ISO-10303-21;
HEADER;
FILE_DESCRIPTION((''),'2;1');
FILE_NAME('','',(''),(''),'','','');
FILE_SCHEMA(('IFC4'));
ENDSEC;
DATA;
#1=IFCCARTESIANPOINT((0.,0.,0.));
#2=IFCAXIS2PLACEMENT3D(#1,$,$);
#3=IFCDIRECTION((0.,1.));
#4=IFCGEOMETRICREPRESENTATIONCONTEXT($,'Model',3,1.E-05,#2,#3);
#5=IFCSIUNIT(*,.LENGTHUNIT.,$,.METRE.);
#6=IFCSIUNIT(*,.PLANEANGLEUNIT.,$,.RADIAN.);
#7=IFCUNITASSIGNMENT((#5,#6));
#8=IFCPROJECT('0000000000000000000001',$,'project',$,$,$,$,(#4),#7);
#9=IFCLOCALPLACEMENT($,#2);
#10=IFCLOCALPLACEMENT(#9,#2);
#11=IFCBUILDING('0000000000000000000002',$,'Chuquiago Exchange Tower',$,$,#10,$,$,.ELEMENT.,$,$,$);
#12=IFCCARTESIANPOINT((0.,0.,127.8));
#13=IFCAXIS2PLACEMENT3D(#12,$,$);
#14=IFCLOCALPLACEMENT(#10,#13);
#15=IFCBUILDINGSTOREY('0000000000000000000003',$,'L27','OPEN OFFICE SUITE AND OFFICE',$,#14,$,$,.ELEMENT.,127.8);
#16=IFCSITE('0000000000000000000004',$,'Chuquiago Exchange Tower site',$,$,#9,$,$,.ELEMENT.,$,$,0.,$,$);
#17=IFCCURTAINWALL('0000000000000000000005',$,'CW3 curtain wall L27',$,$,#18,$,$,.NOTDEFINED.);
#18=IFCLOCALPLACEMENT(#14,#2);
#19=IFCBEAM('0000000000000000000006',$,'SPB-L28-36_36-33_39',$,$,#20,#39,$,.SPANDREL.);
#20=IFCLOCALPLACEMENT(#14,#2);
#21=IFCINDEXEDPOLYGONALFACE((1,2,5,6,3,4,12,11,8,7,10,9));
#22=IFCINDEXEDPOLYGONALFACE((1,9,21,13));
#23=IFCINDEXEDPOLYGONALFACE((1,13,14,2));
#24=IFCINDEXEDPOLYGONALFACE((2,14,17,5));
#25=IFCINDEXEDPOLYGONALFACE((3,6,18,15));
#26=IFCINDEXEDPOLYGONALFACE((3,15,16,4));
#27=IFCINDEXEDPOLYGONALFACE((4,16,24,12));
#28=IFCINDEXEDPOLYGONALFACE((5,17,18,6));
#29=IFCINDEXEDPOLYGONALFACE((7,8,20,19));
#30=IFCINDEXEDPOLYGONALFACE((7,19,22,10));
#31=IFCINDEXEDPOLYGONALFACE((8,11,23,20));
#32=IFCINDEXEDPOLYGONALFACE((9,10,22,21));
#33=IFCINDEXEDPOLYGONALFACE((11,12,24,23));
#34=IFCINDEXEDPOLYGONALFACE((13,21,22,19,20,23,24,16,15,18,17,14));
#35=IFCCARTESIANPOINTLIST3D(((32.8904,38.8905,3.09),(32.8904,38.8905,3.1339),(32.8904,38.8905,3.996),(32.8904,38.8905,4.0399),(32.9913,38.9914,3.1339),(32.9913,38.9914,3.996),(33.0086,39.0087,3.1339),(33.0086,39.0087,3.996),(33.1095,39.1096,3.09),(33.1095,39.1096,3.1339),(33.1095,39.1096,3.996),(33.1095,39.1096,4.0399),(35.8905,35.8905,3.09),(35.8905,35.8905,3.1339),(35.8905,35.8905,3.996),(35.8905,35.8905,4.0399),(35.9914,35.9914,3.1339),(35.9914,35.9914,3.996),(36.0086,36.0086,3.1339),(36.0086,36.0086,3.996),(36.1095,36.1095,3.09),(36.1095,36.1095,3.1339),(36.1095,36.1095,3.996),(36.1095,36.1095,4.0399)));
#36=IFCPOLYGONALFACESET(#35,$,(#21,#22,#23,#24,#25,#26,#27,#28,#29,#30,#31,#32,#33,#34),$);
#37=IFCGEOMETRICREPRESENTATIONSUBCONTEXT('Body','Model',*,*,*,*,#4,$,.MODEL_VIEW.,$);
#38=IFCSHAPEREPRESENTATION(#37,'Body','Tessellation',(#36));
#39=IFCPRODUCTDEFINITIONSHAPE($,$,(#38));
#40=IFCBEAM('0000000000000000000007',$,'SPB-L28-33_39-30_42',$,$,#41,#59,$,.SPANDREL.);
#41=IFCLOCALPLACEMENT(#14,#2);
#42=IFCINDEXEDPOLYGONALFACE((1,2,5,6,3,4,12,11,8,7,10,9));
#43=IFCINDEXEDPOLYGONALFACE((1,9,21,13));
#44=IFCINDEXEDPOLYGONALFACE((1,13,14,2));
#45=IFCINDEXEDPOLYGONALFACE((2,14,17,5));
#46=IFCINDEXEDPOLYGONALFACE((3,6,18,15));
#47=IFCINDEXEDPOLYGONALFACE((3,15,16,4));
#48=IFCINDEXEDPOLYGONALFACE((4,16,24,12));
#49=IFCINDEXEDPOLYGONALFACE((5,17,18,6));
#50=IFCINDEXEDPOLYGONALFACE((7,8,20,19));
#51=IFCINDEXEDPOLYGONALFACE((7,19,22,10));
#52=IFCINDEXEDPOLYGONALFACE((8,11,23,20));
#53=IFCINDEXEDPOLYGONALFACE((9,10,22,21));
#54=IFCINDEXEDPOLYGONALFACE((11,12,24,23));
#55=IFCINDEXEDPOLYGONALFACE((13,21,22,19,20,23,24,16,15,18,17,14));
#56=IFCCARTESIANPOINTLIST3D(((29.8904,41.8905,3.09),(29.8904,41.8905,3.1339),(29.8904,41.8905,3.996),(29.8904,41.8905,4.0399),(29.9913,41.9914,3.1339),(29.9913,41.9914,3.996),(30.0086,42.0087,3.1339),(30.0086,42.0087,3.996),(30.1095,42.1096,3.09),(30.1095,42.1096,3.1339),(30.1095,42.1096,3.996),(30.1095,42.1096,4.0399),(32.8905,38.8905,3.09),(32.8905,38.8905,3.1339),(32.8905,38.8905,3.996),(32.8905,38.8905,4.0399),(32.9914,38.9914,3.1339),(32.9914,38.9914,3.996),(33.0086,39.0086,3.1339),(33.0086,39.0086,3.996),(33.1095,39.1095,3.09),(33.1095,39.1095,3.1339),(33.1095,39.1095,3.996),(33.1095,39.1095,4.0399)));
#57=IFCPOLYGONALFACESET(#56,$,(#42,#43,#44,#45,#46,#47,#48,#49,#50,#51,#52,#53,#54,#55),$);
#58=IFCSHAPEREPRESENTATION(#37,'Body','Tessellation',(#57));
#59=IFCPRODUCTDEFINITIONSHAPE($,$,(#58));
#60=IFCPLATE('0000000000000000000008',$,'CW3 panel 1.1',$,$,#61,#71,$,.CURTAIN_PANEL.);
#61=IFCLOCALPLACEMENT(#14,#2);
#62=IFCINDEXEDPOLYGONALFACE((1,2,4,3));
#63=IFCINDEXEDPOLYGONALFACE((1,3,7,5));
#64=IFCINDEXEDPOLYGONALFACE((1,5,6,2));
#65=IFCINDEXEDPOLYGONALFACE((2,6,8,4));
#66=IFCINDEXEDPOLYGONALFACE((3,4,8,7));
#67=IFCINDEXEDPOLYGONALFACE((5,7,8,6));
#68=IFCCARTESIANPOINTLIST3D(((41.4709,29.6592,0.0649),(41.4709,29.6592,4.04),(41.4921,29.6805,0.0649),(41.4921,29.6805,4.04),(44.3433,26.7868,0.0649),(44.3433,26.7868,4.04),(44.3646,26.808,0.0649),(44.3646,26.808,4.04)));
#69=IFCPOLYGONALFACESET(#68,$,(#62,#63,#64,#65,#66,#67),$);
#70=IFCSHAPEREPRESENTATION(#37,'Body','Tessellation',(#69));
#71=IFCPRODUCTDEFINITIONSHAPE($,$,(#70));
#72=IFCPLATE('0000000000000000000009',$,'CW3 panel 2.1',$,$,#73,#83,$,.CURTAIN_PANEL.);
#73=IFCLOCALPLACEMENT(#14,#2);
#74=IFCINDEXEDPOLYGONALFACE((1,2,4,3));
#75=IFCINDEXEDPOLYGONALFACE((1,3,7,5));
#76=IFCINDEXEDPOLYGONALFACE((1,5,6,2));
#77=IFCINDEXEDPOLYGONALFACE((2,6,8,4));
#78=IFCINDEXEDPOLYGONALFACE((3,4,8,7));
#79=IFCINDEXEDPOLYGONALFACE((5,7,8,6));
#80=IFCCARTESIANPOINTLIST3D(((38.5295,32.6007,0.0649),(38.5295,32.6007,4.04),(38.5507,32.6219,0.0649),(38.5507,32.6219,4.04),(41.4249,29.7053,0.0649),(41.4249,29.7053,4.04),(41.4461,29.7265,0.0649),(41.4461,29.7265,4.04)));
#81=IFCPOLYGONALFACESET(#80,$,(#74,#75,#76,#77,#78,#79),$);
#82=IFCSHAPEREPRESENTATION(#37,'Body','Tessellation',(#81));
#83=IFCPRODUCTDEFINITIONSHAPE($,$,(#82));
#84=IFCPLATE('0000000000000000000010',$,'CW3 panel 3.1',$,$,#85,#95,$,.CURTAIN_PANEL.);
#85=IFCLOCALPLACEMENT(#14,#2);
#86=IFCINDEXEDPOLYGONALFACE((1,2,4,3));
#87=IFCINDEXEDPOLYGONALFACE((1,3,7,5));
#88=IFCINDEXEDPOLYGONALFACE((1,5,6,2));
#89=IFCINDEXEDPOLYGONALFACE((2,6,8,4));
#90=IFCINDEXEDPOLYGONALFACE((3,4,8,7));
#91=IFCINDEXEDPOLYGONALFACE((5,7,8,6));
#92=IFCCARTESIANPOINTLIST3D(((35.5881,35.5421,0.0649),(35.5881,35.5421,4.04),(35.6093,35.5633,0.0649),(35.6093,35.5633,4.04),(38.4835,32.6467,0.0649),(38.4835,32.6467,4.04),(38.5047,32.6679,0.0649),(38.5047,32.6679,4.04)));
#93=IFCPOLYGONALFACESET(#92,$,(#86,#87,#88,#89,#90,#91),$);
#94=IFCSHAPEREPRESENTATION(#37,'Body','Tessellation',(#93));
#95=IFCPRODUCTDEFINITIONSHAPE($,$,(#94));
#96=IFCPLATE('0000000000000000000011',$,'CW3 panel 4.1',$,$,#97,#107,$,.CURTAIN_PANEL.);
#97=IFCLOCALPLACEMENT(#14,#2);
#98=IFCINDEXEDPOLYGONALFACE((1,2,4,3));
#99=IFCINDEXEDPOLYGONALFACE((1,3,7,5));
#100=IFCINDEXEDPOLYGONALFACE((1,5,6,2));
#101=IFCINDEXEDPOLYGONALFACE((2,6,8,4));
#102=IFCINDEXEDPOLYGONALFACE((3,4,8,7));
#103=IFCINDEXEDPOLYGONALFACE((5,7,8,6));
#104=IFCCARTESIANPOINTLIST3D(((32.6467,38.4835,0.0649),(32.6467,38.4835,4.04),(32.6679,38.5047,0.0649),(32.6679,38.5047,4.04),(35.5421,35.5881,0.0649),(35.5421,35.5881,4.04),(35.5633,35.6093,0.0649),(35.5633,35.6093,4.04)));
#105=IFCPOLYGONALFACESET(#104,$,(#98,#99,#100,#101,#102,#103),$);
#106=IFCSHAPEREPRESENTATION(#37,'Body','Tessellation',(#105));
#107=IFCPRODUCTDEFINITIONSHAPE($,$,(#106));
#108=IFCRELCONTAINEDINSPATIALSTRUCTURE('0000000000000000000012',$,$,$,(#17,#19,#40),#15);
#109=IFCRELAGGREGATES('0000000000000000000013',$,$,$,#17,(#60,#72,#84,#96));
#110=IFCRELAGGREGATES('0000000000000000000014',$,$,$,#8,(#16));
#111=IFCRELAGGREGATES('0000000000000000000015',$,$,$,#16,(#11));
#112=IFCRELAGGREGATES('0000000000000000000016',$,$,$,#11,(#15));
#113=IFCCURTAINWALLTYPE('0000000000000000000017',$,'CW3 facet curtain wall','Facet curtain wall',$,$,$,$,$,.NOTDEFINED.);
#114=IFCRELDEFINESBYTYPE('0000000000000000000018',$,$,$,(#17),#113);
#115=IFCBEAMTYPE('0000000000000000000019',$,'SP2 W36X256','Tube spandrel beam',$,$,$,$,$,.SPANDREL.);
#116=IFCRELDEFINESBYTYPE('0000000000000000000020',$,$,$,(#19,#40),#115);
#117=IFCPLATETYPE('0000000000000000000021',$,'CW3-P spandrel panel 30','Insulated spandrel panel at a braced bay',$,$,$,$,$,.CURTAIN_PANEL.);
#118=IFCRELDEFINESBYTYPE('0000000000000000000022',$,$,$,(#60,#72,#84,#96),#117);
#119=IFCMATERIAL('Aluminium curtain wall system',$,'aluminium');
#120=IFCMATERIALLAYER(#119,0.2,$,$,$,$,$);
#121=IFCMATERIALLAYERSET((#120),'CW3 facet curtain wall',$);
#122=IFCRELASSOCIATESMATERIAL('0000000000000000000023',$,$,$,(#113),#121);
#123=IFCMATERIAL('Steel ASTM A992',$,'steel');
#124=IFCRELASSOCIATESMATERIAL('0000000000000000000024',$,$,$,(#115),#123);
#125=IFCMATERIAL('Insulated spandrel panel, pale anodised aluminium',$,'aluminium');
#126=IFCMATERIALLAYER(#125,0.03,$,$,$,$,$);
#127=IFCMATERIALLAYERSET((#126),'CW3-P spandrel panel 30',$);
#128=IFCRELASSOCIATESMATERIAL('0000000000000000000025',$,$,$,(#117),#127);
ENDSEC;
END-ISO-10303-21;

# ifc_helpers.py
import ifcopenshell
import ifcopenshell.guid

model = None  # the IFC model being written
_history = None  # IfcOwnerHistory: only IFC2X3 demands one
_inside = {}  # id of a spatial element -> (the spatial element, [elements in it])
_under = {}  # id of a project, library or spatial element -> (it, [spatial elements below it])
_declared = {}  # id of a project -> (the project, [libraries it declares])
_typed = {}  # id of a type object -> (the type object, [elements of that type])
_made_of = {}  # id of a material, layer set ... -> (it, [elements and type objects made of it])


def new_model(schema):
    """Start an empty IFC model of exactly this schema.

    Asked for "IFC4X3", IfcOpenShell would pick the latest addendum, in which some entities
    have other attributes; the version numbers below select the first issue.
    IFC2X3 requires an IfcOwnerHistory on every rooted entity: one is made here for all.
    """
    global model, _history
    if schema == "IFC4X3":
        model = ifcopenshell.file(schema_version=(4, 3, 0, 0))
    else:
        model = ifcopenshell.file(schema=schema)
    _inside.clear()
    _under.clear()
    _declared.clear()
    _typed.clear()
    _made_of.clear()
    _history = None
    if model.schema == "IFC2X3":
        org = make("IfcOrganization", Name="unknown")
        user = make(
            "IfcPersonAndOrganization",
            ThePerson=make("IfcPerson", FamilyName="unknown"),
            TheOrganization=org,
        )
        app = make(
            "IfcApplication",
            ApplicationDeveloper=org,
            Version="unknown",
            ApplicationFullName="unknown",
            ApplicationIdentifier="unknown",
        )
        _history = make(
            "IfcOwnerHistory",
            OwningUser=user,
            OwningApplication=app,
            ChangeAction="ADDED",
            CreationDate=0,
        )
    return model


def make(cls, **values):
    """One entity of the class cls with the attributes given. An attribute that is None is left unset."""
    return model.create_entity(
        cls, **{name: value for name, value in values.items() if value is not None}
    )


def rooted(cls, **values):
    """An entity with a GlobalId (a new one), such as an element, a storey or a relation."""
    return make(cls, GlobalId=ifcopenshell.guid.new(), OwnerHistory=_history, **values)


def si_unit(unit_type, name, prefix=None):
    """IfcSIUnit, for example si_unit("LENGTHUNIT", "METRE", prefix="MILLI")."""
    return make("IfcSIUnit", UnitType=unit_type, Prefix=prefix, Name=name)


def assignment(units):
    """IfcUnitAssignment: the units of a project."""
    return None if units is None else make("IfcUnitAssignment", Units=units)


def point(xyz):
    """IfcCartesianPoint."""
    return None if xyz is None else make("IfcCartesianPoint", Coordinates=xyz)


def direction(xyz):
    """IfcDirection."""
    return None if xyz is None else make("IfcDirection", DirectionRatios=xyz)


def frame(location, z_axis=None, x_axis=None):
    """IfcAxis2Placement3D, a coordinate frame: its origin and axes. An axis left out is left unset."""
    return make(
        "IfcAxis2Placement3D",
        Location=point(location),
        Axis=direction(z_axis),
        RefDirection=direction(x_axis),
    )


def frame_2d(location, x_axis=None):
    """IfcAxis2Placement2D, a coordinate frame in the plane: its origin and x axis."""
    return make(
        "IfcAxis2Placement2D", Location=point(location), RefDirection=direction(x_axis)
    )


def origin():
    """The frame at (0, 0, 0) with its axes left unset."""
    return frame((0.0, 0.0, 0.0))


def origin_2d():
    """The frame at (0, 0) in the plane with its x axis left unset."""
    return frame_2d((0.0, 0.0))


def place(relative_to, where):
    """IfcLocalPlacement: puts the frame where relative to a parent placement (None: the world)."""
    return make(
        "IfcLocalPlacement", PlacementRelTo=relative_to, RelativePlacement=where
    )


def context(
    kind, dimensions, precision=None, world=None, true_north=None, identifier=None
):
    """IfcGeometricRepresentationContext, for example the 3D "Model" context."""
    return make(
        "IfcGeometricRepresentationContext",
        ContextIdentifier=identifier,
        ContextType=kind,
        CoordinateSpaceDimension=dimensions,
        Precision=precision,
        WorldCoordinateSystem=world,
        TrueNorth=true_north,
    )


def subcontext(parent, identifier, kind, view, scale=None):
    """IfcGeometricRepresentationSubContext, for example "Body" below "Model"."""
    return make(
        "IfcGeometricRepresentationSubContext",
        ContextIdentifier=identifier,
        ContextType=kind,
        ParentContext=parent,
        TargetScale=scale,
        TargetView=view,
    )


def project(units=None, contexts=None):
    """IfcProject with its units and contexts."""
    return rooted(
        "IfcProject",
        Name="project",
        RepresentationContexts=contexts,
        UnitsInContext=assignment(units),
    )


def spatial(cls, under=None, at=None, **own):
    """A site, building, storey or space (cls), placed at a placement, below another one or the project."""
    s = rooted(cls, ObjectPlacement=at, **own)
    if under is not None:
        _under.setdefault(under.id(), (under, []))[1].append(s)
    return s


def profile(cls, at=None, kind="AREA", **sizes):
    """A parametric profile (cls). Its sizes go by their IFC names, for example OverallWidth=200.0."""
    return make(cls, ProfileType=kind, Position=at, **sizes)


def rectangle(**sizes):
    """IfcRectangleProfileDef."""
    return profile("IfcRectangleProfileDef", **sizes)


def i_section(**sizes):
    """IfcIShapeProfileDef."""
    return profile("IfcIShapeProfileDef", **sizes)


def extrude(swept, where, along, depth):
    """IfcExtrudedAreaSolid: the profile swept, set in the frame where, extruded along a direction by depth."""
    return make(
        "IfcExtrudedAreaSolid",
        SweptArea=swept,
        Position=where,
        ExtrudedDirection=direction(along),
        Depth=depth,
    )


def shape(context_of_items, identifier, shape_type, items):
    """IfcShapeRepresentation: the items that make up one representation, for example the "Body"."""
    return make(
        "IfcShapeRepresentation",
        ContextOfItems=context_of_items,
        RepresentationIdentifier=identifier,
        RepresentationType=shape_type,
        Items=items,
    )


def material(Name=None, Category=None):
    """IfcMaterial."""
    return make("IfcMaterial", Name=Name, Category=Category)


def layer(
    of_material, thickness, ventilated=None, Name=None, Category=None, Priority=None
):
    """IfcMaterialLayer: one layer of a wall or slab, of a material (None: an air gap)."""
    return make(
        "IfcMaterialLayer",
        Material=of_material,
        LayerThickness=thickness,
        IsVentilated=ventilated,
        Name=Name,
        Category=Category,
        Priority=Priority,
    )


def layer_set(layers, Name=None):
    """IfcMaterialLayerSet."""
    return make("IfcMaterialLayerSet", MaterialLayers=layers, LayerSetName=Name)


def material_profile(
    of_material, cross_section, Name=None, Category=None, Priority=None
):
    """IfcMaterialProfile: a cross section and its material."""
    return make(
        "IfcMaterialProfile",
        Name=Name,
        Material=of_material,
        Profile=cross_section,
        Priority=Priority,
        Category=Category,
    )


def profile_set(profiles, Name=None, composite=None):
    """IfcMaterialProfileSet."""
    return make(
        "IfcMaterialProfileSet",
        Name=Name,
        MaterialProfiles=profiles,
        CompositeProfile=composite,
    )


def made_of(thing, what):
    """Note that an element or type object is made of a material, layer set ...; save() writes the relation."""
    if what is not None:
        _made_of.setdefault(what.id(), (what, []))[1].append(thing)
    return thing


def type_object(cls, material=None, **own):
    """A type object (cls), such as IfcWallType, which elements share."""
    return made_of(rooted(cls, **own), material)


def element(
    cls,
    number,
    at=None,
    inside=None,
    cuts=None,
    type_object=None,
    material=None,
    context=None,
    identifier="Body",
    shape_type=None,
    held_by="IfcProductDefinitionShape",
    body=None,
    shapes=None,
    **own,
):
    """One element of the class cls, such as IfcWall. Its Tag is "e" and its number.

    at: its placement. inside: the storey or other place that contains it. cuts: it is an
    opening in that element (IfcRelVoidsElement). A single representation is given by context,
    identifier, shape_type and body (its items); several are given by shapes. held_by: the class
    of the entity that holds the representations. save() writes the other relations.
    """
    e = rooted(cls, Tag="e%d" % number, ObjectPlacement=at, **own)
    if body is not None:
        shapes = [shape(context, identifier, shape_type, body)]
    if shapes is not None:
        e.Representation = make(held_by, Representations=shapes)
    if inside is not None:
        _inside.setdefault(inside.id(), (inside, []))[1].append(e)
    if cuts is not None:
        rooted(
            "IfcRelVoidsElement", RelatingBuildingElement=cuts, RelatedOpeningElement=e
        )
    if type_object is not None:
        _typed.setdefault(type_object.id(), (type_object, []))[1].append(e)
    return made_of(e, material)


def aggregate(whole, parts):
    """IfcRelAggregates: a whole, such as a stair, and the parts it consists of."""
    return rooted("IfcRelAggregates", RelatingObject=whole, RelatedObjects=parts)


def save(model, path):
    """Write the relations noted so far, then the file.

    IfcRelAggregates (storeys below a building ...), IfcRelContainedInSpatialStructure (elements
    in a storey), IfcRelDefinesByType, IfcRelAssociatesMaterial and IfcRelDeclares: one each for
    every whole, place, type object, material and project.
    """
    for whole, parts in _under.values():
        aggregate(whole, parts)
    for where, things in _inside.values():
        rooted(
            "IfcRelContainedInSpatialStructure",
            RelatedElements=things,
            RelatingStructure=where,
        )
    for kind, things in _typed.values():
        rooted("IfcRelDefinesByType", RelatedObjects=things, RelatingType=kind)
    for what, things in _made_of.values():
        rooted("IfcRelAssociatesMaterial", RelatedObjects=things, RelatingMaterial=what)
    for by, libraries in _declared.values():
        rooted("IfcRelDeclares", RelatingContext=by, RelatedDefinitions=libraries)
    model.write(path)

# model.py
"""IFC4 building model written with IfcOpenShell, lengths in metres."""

from ifc_helpers import new_model, si_unit, direction, frame, origin, origin_2d, place, context, subcontext, project, spatial, rectangle, i_section, extrude, material, layer, layer_set, material_profile, profile_set, type_object, element, aggregate, save


model = new_model("IFC4")

# Units and contexts
model_context = context("Model", 3, precision=1e-05, world=origin(), true_north=direction((0.0, 1.0)))
body_context = subcontext(model_context, "Body", "Model", "MODEL_VIEW")
ifc_project = project(units=[si_unit("LENGTHUNIT", "METRE"), si_unit("PLANEANGLEUNIT", "RADIAN")], contexts=[model_context])

# Site, building, storey
site_placement = place(None, origin())
site = spatial("IfcSite", under=ifc_project, at=site_placement, Name="Chuquiago Exchange Tower site", CompositionType="ELEMENT", RefElevation=0.0)
building_placement = place(site_placement, origin())
building = spatial("IfcBuilding", under=site, at=building_placement, Name="Chuquiago Exchange Tower", CompositionType="ELEMENT")
storey_placement = place(building_placement, frame((0.0, 0.0, 127.8)))
storey = spatial("IfcBuildingStorey", under=building, at=storey_placement, Name="L27", Description="OPEN OFFICE SUITE AND OFFICE", CompositionType="ELEMENT", Elevation=127.8)

# Curtain wall
ifc_material_1 = material(Name="Aluminium curtain wall system", Category="aluminium")
ifc_layer_1 = layer(ifc_material_1, 0.2)
ifc_layer_set_1 = layer_set([ifc_layer_1], Name="CW3 facet curtain wall")
curtain_wall_type = type_object("IfcCurtainWallType", Name="CW3 facet curtain wall", Description="Facet curtain wall", PredefinedType="NOTDEFINED", material=ifc_layer_set_1)
curtain_wall_placement = place(storey_placement, origin())
curtain_wall = element("IfcCurtainWall", 1, at=curtain_wall_placement, inside=storey, type_object=curtain_wall_type, Name="CW3 curtain wall L27", PredefinedType="NOTDEFINED")

# Beams
ifc_material_2 = material(Name="Steel ASTM A992", Category="steel")
ifc_material_profile_1 = material_profile(ifc_material_2, i_section(OverallWidth=0.3098, OverallDepth=0.95, WebThickness=0.0244, FlangeThickness=0.0439, at=origin_2d()), Name="W36X256")
ifc_profile_set_1 = profile_set([ifc_material_profile_1], Name="Steel ASTM A992")
beam_type_1 = type_object("IfcBeamType", Name="SP2 W36X256", Description="Tube spandrel beam", PredefinedType="SPANDREL", material=ifc_profile_set_1)
for number, where, z_axis, x_axis, name in (
    (2, (36.0, 36.0, 3.5649), (-0.707107, 0.707107, 0.0), (-0.707107, -0.707107, 0.0), "SPB-L28-36_36-33_39"),
    (3, (33.0, 39.0, 3.5649), (-0.707107, 0.707107, 0.0), (-0.707107, -0.707107, 0.0), "SPB-L28-33_39-30_42"),
):
    element("IfcBeam", number, at=place(storey_placement, frame(where, z_axis=z_axis, x_axis=x_axis)), inside=storey, type_object=beam_type_1, Name=name, PredefinedType="SPANDREL", context=body_context, shape_type="SweptSolid", body=[
        extrude(i_section(OverallWidth=0.3098, OverallDepth=0.95, WebThickness=0.0244, FlangeThickness=0.0439, at=origin_2d()), origin(), (0.0, 0.0, 1.0), 4.2427),
    ])

# Plates
ifc_material_3 = material(Name="Insulated spandrel panel, pale anodised aluminium", Category="aluminium")
ifc_layer_2 = layer(ifc_material_3, 0.03)
ifc_layer_set_2 = layer_set([ifc_layer_2], Name="CW3-P spandrel panel 30")
plate_type = type_object("IfcPlateType", Name="CW3-P spandrel panel 30", Description="Insulated spandrel panel at a braced bay", PredefinedType="CURTAIN_PANEL", material=ifc_layer_set_2)
plate_1_placement = place(storey_placement, frame((42.9177, 28.2336, 0.0649), z_axis=(0.0, 0.0, 1.0), x_axis=(-0.707107, 0.707107, 0.0)))
plate_1 = element("IfcPlate", 4, at=plate_1_placement, type_object=plate_type, Name="CW3 panel 1.1", PredefinedType="CURTAIN_PANEL", context=body_context, shape_type="SweptSolid", body=[
    extrude(rectangle(XDim=4.0623, YDim=0.03, at=origin_2d()), origin(), (0.0, 0.0, 1.0), 3.9751),
])
plate_2_placement = place(storey_placement, frame((39.9878, 31.1636, 0.0649), z_axis=(0.0, 0.0, 1.0), x_axis=(-0.707107, 0.707107, 0.0)))
plate_2 = element("IfcPlate", 5, at=plate_2_placement, type_object=plate_type, Name="CW3 panel 2.1", PredefinedType="CURTAIN_PANEL", context=body_context, shape_type="SweptSolid", body=[
    extrude(rectangle(XDim=4.0947, YDim=0.03, at=origin_2d()), origin(), (0.0, 0.0, 1.0), 3.9751),
])
plate_3_placement = place(storey_placement, frame((37.0464, 34.105, 0.0649), z_axis=(0.0, 0.0, 1.0), x_axis=(-0.707107, 0.707107, 0.0)))
plate_3 = element("IfcPlate", 6, at=plate_3_placement, type_object=plate_type, Name="CW3 panel 3.1", PredefinedType="CURTAIN_PANEL", context=body_context, shape_type="SweptSolid", body=[
    extrude(rectangle(XDim=4.0947, YDim=0.03, at=origin_2d()), origin(), (0.0, 0.0, 1.0), 3.9751),
])
plate_4_placement = place(storey_placement, frame((34.105, 37.0464, 0.0649), z_axis=(0.0, 0.0, 1.0), x_axis=(-0.707107, 0.707107, 0.0)))
plate_4 = element("IfcPlate", 7, at=plate_4_placement, type_object=plate_type, Name="CW3 panel 4.1", PredefinedType="CURTAIN_PANEL", context=body_context, shape_type="SweptSolid", body=[
    extrude(rectangle(XDim=4.0947, YDim=0.03, at=origin_2d()), origin(), (0.0, 0.0, 1.0), 3.9751),
])
aggregate(curtain_wall, [plate_1, plate_2, plate_3, plate_4])

save(model, "model.ifc")
